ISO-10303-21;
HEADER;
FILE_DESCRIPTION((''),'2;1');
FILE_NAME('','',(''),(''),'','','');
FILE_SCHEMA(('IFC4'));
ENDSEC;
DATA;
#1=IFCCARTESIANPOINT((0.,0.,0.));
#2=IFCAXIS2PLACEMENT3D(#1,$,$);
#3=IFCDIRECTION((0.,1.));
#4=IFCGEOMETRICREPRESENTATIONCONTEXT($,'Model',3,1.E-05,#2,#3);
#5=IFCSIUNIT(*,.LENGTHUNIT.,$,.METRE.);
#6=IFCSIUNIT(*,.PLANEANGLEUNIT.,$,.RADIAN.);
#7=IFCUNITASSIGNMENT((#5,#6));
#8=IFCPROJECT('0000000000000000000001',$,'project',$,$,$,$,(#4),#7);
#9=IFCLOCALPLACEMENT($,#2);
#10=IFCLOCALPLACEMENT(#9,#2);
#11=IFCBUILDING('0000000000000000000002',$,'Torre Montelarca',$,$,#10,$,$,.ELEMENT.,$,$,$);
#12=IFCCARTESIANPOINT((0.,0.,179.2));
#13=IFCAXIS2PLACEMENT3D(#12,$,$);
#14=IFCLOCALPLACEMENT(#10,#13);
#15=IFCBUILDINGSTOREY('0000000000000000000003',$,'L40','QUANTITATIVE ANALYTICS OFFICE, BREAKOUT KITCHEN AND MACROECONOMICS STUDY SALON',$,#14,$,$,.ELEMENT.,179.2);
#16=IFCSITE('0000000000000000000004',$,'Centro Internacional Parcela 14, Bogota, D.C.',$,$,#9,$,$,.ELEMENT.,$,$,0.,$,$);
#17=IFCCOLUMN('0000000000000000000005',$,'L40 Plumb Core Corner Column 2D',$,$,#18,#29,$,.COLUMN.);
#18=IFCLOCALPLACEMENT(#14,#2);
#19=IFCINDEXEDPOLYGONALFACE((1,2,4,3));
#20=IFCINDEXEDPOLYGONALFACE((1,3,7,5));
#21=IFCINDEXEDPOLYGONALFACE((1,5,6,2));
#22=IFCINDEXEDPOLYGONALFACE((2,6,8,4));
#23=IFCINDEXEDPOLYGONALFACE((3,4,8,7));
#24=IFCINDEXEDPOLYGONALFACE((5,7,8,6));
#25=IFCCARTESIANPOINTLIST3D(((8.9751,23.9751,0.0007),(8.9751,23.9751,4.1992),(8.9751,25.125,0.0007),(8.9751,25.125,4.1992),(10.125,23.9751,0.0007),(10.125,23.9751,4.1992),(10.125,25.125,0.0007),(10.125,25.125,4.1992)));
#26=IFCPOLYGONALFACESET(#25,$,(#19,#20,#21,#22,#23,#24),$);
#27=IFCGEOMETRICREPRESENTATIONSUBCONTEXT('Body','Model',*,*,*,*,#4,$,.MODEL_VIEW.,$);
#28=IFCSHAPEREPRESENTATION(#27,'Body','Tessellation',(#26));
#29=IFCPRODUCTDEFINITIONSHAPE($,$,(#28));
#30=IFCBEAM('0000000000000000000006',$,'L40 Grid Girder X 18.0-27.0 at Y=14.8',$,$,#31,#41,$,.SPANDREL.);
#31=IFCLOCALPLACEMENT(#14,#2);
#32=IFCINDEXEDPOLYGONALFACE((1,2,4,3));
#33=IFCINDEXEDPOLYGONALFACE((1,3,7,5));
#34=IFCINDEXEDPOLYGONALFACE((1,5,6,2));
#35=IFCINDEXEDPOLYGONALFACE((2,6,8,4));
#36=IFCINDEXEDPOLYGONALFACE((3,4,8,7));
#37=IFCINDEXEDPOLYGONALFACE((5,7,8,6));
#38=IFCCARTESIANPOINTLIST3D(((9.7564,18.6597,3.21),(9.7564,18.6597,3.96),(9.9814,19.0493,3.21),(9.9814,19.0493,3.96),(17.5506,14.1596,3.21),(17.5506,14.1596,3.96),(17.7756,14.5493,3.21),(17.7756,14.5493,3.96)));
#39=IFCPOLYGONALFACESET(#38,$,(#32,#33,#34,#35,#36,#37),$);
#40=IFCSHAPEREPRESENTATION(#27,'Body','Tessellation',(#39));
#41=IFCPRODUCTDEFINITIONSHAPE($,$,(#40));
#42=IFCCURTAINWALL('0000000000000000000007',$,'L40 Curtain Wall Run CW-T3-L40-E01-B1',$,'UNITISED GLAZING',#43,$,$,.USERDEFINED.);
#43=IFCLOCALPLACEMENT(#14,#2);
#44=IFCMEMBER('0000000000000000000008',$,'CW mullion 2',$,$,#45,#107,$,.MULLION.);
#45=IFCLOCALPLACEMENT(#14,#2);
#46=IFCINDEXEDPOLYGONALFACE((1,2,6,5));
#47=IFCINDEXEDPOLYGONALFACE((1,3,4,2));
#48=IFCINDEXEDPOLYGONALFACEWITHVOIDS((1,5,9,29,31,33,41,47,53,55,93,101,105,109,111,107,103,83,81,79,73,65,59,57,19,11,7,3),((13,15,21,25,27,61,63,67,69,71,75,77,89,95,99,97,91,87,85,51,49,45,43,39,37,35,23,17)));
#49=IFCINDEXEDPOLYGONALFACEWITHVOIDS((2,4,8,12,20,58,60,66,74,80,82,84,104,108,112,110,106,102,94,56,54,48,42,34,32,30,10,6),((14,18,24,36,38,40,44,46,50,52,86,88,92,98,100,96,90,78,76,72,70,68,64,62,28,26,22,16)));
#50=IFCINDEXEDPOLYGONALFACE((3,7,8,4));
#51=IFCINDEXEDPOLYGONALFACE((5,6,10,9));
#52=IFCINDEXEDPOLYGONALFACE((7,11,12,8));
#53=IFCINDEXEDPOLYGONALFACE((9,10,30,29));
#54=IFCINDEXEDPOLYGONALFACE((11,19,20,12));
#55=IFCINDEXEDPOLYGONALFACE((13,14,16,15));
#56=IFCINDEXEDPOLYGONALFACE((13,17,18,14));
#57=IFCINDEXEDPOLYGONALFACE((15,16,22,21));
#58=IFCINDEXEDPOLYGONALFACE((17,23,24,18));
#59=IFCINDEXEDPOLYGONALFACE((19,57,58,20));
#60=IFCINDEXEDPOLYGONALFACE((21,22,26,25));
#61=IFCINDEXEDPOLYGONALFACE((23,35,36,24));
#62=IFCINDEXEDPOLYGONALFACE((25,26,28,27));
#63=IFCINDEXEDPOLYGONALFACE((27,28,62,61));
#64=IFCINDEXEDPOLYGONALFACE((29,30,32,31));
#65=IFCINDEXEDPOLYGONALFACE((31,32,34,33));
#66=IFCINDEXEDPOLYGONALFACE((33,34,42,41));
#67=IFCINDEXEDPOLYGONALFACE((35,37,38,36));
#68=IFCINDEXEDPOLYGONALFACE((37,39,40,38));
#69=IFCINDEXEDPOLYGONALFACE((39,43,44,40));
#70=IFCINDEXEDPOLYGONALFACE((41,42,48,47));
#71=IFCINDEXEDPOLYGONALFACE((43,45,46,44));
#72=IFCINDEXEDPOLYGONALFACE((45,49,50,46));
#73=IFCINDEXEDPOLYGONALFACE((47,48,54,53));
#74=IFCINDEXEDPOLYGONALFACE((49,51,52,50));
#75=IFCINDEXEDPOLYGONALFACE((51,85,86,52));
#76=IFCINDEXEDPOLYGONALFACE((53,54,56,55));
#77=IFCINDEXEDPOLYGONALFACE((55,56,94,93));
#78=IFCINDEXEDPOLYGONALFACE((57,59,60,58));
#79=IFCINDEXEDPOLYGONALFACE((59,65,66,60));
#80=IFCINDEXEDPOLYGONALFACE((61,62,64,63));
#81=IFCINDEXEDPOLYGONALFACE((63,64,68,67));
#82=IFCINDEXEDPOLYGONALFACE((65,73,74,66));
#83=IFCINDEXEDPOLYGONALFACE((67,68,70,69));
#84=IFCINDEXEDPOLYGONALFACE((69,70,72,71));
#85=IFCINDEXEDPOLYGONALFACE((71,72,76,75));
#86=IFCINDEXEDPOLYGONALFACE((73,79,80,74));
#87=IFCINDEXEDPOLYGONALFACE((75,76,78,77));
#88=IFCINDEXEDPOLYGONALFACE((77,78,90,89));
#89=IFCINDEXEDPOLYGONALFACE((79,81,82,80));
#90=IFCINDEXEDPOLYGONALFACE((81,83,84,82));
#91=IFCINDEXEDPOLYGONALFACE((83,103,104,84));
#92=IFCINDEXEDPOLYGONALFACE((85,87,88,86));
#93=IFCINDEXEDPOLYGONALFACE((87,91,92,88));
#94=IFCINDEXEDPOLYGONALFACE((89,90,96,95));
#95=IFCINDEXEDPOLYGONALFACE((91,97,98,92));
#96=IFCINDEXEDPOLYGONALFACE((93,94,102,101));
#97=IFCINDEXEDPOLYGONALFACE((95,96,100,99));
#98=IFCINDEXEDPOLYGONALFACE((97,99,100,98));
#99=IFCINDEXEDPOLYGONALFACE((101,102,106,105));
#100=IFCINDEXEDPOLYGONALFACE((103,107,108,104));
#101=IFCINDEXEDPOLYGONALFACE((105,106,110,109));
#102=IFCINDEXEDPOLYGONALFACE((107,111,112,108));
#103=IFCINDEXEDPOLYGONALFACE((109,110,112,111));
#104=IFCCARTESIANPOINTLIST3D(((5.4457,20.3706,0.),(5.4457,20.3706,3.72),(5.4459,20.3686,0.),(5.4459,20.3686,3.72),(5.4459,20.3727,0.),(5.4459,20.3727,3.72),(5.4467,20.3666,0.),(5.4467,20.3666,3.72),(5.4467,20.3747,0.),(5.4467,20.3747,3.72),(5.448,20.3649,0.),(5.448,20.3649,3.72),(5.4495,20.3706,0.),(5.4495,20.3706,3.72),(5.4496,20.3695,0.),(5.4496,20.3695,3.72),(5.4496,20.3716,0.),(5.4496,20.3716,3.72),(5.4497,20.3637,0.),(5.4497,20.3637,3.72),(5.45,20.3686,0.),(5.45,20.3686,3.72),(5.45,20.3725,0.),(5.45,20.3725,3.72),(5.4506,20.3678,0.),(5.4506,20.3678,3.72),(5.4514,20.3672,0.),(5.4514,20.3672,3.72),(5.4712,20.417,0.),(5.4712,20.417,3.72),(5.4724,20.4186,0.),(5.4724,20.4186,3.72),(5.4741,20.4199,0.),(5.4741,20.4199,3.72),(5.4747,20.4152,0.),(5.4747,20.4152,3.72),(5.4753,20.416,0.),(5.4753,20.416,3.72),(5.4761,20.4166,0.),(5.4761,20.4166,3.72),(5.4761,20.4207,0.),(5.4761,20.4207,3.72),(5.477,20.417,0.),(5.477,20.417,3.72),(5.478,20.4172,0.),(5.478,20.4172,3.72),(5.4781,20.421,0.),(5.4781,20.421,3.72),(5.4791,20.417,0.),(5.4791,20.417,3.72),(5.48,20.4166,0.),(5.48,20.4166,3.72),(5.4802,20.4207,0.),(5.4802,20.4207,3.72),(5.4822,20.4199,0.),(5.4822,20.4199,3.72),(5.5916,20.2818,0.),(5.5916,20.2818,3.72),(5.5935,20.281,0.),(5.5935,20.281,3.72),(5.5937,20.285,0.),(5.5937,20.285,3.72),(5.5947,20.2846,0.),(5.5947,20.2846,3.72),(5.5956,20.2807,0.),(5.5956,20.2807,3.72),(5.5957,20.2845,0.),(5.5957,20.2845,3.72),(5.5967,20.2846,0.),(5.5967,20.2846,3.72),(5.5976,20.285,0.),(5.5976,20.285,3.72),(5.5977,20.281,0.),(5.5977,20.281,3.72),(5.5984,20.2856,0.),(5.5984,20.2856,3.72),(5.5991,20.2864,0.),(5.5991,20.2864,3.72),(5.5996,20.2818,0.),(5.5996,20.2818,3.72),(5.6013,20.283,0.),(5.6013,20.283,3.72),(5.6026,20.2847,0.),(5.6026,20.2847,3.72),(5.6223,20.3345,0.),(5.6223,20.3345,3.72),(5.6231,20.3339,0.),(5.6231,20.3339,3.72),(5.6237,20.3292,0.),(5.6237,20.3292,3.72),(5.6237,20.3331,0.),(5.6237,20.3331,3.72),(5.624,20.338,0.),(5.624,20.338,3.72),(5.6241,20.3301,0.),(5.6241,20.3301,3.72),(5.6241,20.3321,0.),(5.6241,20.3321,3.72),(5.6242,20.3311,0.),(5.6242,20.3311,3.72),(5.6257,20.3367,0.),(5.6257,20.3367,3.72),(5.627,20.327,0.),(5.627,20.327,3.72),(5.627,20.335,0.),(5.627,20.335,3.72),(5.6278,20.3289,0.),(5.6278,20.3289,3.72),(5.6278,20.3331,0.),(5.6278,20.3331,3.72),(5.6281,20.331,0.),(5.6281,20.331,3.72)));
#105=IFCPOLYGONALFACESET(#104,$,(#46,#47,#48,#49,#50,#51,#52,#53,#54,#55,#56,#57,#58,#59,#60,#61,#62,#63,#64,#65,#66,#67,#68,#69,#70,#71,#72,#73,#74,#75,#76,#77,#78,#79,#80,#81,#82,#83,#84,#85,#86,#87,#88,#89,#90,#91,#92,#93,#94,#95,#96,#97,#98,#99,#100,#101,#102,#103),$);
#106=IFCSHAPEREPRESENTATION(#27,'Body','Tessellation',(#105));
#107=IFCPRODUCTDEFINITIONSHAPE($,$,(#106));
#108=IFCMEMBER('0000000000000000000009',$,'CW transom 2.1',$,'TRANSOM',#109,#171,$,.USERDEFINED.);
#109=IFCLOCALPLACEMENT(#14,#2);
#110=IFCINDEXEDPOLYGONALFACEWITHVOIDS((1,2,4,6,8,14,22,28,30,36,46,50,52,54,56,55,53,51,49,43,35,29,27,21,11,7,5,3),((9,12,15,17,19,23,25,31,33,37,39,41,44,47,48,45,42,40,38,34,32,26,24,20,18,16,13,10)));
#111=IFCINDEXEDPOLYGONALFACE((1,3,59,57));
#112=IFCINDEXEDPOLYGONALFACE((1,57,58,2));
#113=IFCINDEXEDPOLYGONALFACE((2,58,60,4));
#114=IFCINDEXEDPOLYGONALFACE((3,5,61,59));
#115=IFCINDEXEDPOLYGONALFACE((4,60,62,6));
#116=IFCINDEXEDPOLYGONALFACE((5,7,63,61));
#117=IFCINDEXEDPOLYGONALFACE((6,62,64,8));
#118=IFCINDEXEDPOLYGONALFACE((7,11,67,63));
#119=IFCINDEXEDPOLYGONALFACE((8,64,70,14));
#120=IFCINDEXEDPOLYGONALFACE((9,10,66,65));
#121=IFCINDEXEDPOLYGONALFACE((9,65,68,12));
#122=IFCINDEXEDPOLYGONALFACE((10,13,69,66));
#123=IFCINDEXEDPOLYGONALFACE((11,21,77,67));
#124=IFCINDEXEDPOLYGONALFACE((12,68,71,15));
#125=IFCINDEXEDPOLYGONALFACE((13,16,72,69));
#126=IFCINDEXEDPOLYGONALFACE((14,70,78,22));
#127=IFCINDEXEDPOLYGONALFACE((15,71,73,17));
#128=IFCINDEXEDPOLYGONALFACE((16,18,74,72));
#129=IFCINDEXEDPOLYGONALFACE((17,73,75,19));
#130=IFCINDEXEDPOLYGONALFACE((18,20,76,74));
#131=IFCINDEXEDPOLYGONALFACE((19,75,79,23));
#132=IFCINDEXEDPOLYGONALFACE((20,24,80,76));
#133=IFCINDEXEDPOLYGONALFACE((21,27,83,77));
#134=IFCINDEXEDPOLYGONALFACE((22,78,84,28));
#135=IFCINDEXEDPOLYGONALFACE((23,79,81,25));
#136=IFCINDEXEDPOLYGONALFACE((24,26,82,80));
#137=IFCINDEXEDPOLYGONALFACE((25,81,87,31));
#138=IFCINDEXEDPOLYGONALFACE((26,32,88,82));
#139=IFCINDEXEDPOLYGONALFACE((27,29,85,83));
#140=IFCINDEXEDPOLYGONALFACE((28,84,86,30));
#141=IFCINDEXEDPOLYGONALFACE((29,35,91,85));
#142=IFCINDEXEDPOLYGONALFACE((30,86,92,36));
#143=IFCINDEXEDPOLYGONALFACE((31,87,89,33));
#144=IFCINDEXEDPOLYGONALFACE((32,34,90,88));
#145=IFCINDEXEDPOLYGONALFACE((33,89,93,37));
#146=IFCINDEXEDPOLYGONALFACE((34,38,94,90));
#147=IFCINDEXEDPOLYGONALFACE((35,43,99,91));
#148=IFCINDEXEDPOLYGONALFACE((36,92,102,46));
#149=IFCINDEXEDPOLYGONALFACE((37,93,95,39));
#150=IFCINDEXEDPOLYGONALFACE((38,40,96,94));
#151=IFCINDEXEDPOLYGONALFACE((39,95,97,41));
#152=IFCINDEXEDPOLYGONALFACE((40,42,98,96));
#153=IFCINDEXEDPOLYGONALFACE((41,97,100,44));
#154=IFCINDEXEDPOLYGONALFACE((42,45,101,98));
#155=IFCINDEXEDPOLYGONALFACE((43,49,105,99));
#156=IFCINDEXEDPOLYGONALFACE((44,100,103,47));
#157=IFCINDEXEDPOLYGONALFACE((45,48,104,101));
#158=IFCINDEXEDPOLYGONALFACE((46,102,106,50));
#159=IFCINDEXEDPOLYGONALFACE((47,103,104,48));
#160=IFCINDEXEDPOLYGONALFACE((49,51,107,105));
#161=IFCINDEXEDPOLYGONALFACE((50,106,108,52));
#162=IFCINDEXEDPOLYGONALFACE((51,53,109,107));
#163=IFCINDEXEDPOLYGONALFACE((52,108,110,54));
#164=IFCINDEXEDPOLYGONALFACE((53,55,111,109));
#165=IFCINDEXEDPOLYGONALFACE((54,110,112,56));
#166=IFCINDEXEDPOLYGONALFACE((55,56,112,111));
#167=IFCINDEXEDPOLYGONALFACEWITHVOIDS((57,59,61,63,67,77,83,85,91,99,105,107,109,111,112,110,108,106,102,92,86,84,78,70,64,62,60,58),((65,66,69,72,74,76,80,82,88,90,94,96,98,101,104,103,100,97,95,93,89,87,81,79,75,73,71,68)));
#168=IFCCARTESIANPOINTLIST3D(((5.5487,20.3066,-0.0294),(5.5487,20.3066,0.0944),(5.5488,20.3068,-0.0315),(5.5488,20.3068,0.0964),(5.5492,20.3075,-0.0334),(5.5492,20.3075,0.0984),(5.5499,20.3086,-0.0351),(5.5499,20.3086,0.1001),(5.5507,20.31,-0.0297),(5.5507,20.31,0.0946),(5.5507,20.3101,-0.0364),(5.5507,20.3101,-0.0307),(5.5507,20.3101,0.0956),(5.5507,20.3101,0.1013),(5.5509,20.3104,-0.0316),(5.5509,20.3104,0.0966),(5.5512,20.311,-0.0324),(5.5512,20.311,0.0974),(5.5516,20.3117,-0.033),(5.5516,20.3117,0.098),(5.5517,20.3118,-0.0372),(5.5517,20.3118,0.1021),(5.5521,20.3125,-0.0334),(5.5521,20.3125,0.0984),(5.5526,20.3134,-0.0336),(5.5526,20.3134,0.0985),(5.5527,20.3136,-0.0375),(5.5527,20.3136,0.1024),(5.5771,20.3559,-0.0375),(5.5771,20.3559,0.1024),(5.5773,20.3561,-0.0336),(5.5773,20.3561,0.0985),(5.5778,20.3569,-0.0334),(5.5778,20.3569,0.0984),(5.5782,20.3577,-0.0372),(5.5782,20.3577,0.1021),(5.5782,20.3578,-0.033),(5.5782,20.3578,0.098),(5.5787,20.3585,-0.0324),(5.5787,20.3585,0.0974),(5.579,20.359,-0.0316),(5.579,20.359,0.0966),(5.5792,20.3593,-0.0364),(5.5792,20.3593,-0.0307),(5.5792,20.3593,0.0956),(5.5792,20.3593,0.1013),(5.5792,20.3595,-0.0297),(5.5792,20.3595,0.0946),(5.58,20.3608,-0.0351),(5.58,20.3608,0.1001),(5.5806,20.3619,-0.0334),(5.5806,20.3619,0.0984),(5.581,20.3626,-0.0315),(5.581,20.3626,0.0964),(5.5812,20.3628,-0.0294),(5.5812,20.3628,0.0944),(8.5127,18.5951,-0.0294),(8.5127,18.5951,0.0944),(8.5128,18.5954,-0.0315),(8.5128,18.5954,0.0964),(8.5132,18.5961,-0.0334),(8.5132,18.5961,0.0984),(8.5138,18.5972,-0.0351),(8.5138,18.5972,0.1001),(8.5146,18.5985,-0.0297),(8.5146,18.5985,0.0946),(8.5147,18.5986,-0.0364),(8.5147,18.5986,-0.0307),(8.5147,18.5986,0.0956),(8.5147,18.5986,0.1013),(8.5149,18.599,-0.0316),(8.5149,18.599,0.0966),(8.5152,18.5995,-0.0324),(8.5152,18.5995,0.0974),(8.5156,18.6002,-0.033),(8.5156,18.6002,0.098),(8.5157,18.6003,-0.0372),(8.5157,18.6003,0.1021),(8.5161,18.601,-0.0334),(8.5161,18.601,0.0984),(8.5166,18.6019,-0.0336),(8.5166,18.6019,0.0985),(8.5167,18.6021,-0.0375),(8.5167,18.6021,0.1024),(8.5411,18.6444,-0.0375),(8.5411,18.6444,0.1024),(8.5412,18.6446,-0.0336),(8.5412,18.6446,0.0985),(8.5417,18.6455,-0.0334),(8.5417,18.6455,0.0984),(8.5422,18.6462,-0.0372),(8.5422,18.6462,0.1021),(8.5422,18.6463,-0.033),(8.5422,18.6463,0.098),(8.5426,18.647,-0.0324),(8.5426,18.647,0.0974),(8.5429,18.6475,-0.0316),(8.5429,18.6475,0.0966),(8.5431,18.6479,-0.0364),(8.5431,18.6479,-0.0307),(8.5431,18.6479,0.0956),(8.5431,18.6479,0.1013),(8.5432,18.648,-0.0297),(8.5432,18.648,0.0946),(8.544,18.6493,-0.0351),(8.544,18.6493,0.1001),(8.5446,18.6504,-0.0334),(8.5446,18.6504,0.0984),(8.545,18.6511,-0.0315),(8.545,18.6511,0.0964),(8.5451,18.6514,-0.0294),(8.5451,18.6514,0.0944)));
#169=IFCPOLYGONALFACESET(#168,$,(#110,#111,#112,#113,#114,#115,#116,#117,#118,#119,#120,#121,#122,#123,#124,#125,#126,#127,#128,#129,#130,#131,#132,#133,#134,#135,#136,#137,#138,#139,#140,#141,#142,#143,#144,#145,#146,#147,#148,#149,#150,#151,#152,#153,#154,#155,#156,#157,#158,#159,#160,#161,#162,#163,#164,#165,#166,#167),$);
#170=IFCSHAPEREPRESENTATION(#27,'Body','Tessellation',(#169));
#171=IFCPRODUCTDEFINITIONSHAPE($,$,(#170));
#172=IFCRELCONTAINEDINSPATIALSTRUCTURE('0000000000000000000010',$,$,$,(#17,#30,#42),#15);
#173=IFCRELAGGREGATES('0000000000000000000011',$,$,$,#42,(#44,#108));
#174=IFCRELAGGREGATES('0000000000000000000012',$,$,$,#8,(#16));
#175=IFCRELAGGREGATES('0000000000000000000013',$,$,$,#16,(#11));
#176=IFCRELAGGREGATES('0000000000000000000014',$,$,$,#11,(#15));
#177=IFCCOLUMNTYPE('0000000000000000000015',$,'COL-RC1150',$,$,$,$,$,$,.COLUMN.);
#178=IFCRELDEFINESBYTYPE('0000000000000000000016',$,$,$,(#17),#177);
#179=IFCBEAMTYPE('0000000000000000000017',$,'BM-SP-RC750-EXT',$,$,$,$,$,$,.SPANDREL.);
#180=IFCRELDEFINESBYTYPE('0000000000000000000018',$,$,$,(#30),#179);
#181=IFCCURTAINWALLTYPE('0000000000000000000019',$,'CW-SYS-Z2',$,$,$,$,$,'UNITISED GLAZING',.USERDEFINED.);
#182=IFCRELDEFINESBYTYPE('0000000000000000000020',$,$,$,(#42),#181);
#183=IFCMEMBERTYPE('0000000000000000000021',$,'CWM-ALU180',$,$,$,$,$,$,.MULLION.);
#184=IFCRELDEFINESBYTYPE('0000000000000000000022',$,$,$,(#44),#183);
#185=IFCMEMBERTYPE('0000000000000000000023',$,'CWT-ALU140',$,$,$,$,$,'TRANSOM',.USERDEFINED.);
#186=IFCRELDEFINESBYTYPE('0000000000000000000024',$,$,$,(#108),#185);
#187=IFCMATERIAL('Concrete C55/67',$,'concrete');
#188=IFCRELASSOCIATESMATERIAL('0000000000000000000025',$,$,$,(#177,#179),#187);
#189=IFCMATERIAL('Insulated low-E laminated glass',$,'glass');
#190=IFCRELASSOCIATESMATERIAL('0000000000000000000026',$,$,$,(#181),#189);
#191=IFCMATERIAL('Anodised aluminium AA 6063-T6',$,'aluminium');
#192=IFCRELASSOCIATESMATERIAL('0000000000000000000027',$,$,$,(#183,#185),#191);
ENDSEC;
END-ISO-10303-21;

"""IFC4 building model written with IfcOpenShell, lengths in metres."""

from ifc_helpers import new_model, si_unit, direction, frame, origin, origin_2d, place, context, subcontext, project, spatial, rectangle, hollow_rectangle, extrude, source, transform, mapped, material, material_profile, profile_set, type_object, element, aggregate, save


model = new_model("IFC4")

# Units and contexts
model_context = context("Model", 3, precision=1e-05, world=origin(), true_north=direction((0.0, 1.0)))
body_context = subcontext(model_context, "Body", "Model", "MODEL_VIEW")
ifc_project = project(units=[si_unit("LENGTHUNIT", "METRE"), si_unit("PLANEANGLEUNIT", "RADIAN")], contexts=[model_context])

# Site, building, storey
site_placement = place(None, origin())
site = spatial("IfcSite", under=ifc_project, at=site_placement, Name="Centro Internacional Parcela 14, Bogota, D.C.", CompositionType="ELEMENT", RefElevation=0.0)
building_placement = place(site_placement, origin())
building = spatial("IfcBuilding", under=site, at=building_placement, Name="Torre Montelarca", CompositionType="ELEMENT")
storey_placement = place(building_placement, frame((0.0, 0.0, 179.2)))
storey = spatial("IfcBuildingStorey", under=building, at=storey_placement, Name="L40", Description="QUANTITATIVE ANALYTICS OFFICE, BREAKOUT KITCHEN AND MACROECONOMICS STUDY SALON", CompositionType="ELEMENT", Elevation=179.2)

# Column
ifc_material_1 = material(Name="Concrete C55/67", Category="concrete")
ifc_material_profile_1 = material_profile(ifc_material_1, rectangle(XDim=1.1499, YDim=1.1499, at=origin_2d()), Name="RC1150X1150", Category="concrete")
ifc_profile_set_1 = profile_set([ifc_material_profile_1], Name="Concrete C55/67")
column_type = type_object("IfcColumnType", Name="COL-RC1150", PredefinedType="COLUMN", material=ifc_profile_set_1)
shared_shape_1 = source(origin(), body_context, "Body", "SweptSolid", [
    extrude(rectangle(XDim=1.1499, YDim=1.1499, at=origin_2d()), origin(), (0.0, 0.0, 1.0), 4.1985),
])
column_placement = place(storey_placement, frame((9.55, 24.55, 0.0007), z_axis=(0.0, 0.0, 1.0), x_axis=(1.0, 0.0, 0.0)))
element("IfcColumn", 1, at=column_placement, inside=storey, type_object=column_type, Name="L40 Plumb Core Corner Column 2D", PredefinedType="COLUMN", context=body_context, shape_type="MappedRepresentation", body=[
    mapped(shared_shape_1, transform((0.0, 0.0, 0.0), scale=1.0)),
])

# Beam
ifc_material_profile_2 = material_profile(ifc_material_1, rectangle(XDim=0.45, YDim=0.75, at=origin_2d()), Name="RCB450X750", Category="concrete")
ifc_profile_set_2 = profile_set([ifc_material_profile_2], Name="Concrete C55/67")
beam_type = type_object("IfcBeamType", Name="BM-SP-RC750-EXT", PredefinedType="SPANDREL", material=ifc_profile_set_2)
shared_shape_2 = source(origin(), body_context, "Body", "SweptSolid", [
    extrude(rectangle(XDim=0.45, YDim=0.75, at=origin_2d()), origin(), (0.0, 0.0, 1.0), 9.0),
])
beam_placement = place(storey_placement, frame((9.8689, 18.8545, 3.585), z_axis=(0.866024, -0.500002, 0.0), x_axis=(0.500002, 0.866024, 0.0)))
element("IfcBeam", 2, at=beam_placement, inside=storey, type_object=beam_type, Name="L40 Grid Girder X 18.0-27.0 at Y=14.8", PredefinedType="SPANDREL", context=body_context, shape_type="MappedRepresentation", body=[
    mapped(shared_shape_2, transform((0.0, 0.0, 0.0), scale=1.0)),
])

# Curtain wall, members
ifc_material_2 = material(Name="Insulated low-E laminated glass", Category="glass")
curtain_wall_type = type_object("IfcCurtainWallType", Name="CW-SYS-Z2", ElementType="UNITISED GLAZING", PredefinedType="USERDEFINED", material=ifc_material_2)
curtain_wall_placement = place(storey_placement, origin())
curtain_wall = element("IfcCurtainWall", 3, at=curtain_wall_placement, inside=storey, type_object=curtain_wall_type, Name="L40 Curtain Wall Run CW-T3-L40-E01-B1", ObjectType="UNITISED GLAZING", PredefinedType="USERDEFINED")
ifc_material_3 = material(Name="Anodised aluminium AA 6063-T6", Category="aluminium")
ifc_material_profile_3 = material_profile(ifc_material_3, hollow_rectangle(XDim=0.0649, YDim=0.1799, WallThickness=0.0039, InnerFilletRadius=0.0039, OuterFilletRadius=0.0081, at=origin_2d()), Name="ALU65X180X4", Category="aluminium")
ifc_profile_set_3 = profile_set([ifc_material_profile_3], Name="Anodised aluminium AA 6063-T6")
member_type_1 = type_object("IfcMemberType", Name="CWM-ALU180", PredefinedType="MULLION", material=ifc_profile_set_3)
shared_shape_3 = source(origin(), body_context, "Body", "SweptSolid", [
    extrude(hollow_rectangle(XDim=0.0649, YDim=0.1799, WallThickness=0.0039, InnerFilletRadius=0.0039, OuterFilletRadius=0.0081, at=origin_2d()), origin(), (0.0, 0.0, 1.0), 3.72),
])
member_1_placement = place(storey_placement, frame((5.5369, 20.3508, 0.0), z_axis=(0.0, 0.0, 1.0), x_axis=(0.500001, 0.866025, 0.0)))
member_1 = element("IfcMember", 4, at=member_1_placement, type_object=member_type_1, Name="CW mullion 2", PredefinedType="MULLION", context=body_context, shape_type="MappedRepresentation", body=[
    mapped(shared_shape_3, transform((0.0, 0.0, 0.0), scale=1.0)),
])
ifc_material_profile_4 = material_profile(ifc_material_3, hollow_rectangle(XDim=0.0649, YDim=0.1399, WallThickness=0.0039, InnerFilletRadius=0.0039, OuterFilletRadius=0.0081, at=origin_2d()), Name="ALU65X140X4", Category="aluminium")
ifc_profile_set_4 = profile_set([ifc_material_profile_4], Name="Anodised aluminium AA 6063-T6")
member_type_2 = type_object("IfcMemberType", Name="CWT-ALU140", ElementType="TRANSOM", PredefinedType="USERDEFINED", material=ifc_profile_set_4)
shared_shape_4 = source(origin(), body_context, "Body", "SweptSolid", [
    extrude(hollow_rectangle(XDim=0.0649, YDim=0.1399, WallThickness=0.0039, InnerFilletRadius=0.0039, OuterFilletRadius=0.0081, at=origin_2d()), origin(), (0.0, 0.0, 1.0), 3.4226),
])
member_2_placement = place(storey_placement, frame((5.5649, 20.3347, 0.0325), z_axis=(0.865996, -0.500052, 0.0), x_axis=(0.500052, 0.865996, 0.0)))
member_2 = element("IfcMember", 5, at=member_2_placement, type_object=member_type_2, Name="CW transom 2.1", ObjectType="TRANSOM", PredefinedType="USERDEFINED", context=body_context, shape_type="MappedRepresentation", body=[
    mapped(shared_shape_4, transform((0.0, 0.0, 0.0), scale=1.0)),
])
aggregate(curtain_wall, [member_1, member_2])

save(model, "model.ifc")
